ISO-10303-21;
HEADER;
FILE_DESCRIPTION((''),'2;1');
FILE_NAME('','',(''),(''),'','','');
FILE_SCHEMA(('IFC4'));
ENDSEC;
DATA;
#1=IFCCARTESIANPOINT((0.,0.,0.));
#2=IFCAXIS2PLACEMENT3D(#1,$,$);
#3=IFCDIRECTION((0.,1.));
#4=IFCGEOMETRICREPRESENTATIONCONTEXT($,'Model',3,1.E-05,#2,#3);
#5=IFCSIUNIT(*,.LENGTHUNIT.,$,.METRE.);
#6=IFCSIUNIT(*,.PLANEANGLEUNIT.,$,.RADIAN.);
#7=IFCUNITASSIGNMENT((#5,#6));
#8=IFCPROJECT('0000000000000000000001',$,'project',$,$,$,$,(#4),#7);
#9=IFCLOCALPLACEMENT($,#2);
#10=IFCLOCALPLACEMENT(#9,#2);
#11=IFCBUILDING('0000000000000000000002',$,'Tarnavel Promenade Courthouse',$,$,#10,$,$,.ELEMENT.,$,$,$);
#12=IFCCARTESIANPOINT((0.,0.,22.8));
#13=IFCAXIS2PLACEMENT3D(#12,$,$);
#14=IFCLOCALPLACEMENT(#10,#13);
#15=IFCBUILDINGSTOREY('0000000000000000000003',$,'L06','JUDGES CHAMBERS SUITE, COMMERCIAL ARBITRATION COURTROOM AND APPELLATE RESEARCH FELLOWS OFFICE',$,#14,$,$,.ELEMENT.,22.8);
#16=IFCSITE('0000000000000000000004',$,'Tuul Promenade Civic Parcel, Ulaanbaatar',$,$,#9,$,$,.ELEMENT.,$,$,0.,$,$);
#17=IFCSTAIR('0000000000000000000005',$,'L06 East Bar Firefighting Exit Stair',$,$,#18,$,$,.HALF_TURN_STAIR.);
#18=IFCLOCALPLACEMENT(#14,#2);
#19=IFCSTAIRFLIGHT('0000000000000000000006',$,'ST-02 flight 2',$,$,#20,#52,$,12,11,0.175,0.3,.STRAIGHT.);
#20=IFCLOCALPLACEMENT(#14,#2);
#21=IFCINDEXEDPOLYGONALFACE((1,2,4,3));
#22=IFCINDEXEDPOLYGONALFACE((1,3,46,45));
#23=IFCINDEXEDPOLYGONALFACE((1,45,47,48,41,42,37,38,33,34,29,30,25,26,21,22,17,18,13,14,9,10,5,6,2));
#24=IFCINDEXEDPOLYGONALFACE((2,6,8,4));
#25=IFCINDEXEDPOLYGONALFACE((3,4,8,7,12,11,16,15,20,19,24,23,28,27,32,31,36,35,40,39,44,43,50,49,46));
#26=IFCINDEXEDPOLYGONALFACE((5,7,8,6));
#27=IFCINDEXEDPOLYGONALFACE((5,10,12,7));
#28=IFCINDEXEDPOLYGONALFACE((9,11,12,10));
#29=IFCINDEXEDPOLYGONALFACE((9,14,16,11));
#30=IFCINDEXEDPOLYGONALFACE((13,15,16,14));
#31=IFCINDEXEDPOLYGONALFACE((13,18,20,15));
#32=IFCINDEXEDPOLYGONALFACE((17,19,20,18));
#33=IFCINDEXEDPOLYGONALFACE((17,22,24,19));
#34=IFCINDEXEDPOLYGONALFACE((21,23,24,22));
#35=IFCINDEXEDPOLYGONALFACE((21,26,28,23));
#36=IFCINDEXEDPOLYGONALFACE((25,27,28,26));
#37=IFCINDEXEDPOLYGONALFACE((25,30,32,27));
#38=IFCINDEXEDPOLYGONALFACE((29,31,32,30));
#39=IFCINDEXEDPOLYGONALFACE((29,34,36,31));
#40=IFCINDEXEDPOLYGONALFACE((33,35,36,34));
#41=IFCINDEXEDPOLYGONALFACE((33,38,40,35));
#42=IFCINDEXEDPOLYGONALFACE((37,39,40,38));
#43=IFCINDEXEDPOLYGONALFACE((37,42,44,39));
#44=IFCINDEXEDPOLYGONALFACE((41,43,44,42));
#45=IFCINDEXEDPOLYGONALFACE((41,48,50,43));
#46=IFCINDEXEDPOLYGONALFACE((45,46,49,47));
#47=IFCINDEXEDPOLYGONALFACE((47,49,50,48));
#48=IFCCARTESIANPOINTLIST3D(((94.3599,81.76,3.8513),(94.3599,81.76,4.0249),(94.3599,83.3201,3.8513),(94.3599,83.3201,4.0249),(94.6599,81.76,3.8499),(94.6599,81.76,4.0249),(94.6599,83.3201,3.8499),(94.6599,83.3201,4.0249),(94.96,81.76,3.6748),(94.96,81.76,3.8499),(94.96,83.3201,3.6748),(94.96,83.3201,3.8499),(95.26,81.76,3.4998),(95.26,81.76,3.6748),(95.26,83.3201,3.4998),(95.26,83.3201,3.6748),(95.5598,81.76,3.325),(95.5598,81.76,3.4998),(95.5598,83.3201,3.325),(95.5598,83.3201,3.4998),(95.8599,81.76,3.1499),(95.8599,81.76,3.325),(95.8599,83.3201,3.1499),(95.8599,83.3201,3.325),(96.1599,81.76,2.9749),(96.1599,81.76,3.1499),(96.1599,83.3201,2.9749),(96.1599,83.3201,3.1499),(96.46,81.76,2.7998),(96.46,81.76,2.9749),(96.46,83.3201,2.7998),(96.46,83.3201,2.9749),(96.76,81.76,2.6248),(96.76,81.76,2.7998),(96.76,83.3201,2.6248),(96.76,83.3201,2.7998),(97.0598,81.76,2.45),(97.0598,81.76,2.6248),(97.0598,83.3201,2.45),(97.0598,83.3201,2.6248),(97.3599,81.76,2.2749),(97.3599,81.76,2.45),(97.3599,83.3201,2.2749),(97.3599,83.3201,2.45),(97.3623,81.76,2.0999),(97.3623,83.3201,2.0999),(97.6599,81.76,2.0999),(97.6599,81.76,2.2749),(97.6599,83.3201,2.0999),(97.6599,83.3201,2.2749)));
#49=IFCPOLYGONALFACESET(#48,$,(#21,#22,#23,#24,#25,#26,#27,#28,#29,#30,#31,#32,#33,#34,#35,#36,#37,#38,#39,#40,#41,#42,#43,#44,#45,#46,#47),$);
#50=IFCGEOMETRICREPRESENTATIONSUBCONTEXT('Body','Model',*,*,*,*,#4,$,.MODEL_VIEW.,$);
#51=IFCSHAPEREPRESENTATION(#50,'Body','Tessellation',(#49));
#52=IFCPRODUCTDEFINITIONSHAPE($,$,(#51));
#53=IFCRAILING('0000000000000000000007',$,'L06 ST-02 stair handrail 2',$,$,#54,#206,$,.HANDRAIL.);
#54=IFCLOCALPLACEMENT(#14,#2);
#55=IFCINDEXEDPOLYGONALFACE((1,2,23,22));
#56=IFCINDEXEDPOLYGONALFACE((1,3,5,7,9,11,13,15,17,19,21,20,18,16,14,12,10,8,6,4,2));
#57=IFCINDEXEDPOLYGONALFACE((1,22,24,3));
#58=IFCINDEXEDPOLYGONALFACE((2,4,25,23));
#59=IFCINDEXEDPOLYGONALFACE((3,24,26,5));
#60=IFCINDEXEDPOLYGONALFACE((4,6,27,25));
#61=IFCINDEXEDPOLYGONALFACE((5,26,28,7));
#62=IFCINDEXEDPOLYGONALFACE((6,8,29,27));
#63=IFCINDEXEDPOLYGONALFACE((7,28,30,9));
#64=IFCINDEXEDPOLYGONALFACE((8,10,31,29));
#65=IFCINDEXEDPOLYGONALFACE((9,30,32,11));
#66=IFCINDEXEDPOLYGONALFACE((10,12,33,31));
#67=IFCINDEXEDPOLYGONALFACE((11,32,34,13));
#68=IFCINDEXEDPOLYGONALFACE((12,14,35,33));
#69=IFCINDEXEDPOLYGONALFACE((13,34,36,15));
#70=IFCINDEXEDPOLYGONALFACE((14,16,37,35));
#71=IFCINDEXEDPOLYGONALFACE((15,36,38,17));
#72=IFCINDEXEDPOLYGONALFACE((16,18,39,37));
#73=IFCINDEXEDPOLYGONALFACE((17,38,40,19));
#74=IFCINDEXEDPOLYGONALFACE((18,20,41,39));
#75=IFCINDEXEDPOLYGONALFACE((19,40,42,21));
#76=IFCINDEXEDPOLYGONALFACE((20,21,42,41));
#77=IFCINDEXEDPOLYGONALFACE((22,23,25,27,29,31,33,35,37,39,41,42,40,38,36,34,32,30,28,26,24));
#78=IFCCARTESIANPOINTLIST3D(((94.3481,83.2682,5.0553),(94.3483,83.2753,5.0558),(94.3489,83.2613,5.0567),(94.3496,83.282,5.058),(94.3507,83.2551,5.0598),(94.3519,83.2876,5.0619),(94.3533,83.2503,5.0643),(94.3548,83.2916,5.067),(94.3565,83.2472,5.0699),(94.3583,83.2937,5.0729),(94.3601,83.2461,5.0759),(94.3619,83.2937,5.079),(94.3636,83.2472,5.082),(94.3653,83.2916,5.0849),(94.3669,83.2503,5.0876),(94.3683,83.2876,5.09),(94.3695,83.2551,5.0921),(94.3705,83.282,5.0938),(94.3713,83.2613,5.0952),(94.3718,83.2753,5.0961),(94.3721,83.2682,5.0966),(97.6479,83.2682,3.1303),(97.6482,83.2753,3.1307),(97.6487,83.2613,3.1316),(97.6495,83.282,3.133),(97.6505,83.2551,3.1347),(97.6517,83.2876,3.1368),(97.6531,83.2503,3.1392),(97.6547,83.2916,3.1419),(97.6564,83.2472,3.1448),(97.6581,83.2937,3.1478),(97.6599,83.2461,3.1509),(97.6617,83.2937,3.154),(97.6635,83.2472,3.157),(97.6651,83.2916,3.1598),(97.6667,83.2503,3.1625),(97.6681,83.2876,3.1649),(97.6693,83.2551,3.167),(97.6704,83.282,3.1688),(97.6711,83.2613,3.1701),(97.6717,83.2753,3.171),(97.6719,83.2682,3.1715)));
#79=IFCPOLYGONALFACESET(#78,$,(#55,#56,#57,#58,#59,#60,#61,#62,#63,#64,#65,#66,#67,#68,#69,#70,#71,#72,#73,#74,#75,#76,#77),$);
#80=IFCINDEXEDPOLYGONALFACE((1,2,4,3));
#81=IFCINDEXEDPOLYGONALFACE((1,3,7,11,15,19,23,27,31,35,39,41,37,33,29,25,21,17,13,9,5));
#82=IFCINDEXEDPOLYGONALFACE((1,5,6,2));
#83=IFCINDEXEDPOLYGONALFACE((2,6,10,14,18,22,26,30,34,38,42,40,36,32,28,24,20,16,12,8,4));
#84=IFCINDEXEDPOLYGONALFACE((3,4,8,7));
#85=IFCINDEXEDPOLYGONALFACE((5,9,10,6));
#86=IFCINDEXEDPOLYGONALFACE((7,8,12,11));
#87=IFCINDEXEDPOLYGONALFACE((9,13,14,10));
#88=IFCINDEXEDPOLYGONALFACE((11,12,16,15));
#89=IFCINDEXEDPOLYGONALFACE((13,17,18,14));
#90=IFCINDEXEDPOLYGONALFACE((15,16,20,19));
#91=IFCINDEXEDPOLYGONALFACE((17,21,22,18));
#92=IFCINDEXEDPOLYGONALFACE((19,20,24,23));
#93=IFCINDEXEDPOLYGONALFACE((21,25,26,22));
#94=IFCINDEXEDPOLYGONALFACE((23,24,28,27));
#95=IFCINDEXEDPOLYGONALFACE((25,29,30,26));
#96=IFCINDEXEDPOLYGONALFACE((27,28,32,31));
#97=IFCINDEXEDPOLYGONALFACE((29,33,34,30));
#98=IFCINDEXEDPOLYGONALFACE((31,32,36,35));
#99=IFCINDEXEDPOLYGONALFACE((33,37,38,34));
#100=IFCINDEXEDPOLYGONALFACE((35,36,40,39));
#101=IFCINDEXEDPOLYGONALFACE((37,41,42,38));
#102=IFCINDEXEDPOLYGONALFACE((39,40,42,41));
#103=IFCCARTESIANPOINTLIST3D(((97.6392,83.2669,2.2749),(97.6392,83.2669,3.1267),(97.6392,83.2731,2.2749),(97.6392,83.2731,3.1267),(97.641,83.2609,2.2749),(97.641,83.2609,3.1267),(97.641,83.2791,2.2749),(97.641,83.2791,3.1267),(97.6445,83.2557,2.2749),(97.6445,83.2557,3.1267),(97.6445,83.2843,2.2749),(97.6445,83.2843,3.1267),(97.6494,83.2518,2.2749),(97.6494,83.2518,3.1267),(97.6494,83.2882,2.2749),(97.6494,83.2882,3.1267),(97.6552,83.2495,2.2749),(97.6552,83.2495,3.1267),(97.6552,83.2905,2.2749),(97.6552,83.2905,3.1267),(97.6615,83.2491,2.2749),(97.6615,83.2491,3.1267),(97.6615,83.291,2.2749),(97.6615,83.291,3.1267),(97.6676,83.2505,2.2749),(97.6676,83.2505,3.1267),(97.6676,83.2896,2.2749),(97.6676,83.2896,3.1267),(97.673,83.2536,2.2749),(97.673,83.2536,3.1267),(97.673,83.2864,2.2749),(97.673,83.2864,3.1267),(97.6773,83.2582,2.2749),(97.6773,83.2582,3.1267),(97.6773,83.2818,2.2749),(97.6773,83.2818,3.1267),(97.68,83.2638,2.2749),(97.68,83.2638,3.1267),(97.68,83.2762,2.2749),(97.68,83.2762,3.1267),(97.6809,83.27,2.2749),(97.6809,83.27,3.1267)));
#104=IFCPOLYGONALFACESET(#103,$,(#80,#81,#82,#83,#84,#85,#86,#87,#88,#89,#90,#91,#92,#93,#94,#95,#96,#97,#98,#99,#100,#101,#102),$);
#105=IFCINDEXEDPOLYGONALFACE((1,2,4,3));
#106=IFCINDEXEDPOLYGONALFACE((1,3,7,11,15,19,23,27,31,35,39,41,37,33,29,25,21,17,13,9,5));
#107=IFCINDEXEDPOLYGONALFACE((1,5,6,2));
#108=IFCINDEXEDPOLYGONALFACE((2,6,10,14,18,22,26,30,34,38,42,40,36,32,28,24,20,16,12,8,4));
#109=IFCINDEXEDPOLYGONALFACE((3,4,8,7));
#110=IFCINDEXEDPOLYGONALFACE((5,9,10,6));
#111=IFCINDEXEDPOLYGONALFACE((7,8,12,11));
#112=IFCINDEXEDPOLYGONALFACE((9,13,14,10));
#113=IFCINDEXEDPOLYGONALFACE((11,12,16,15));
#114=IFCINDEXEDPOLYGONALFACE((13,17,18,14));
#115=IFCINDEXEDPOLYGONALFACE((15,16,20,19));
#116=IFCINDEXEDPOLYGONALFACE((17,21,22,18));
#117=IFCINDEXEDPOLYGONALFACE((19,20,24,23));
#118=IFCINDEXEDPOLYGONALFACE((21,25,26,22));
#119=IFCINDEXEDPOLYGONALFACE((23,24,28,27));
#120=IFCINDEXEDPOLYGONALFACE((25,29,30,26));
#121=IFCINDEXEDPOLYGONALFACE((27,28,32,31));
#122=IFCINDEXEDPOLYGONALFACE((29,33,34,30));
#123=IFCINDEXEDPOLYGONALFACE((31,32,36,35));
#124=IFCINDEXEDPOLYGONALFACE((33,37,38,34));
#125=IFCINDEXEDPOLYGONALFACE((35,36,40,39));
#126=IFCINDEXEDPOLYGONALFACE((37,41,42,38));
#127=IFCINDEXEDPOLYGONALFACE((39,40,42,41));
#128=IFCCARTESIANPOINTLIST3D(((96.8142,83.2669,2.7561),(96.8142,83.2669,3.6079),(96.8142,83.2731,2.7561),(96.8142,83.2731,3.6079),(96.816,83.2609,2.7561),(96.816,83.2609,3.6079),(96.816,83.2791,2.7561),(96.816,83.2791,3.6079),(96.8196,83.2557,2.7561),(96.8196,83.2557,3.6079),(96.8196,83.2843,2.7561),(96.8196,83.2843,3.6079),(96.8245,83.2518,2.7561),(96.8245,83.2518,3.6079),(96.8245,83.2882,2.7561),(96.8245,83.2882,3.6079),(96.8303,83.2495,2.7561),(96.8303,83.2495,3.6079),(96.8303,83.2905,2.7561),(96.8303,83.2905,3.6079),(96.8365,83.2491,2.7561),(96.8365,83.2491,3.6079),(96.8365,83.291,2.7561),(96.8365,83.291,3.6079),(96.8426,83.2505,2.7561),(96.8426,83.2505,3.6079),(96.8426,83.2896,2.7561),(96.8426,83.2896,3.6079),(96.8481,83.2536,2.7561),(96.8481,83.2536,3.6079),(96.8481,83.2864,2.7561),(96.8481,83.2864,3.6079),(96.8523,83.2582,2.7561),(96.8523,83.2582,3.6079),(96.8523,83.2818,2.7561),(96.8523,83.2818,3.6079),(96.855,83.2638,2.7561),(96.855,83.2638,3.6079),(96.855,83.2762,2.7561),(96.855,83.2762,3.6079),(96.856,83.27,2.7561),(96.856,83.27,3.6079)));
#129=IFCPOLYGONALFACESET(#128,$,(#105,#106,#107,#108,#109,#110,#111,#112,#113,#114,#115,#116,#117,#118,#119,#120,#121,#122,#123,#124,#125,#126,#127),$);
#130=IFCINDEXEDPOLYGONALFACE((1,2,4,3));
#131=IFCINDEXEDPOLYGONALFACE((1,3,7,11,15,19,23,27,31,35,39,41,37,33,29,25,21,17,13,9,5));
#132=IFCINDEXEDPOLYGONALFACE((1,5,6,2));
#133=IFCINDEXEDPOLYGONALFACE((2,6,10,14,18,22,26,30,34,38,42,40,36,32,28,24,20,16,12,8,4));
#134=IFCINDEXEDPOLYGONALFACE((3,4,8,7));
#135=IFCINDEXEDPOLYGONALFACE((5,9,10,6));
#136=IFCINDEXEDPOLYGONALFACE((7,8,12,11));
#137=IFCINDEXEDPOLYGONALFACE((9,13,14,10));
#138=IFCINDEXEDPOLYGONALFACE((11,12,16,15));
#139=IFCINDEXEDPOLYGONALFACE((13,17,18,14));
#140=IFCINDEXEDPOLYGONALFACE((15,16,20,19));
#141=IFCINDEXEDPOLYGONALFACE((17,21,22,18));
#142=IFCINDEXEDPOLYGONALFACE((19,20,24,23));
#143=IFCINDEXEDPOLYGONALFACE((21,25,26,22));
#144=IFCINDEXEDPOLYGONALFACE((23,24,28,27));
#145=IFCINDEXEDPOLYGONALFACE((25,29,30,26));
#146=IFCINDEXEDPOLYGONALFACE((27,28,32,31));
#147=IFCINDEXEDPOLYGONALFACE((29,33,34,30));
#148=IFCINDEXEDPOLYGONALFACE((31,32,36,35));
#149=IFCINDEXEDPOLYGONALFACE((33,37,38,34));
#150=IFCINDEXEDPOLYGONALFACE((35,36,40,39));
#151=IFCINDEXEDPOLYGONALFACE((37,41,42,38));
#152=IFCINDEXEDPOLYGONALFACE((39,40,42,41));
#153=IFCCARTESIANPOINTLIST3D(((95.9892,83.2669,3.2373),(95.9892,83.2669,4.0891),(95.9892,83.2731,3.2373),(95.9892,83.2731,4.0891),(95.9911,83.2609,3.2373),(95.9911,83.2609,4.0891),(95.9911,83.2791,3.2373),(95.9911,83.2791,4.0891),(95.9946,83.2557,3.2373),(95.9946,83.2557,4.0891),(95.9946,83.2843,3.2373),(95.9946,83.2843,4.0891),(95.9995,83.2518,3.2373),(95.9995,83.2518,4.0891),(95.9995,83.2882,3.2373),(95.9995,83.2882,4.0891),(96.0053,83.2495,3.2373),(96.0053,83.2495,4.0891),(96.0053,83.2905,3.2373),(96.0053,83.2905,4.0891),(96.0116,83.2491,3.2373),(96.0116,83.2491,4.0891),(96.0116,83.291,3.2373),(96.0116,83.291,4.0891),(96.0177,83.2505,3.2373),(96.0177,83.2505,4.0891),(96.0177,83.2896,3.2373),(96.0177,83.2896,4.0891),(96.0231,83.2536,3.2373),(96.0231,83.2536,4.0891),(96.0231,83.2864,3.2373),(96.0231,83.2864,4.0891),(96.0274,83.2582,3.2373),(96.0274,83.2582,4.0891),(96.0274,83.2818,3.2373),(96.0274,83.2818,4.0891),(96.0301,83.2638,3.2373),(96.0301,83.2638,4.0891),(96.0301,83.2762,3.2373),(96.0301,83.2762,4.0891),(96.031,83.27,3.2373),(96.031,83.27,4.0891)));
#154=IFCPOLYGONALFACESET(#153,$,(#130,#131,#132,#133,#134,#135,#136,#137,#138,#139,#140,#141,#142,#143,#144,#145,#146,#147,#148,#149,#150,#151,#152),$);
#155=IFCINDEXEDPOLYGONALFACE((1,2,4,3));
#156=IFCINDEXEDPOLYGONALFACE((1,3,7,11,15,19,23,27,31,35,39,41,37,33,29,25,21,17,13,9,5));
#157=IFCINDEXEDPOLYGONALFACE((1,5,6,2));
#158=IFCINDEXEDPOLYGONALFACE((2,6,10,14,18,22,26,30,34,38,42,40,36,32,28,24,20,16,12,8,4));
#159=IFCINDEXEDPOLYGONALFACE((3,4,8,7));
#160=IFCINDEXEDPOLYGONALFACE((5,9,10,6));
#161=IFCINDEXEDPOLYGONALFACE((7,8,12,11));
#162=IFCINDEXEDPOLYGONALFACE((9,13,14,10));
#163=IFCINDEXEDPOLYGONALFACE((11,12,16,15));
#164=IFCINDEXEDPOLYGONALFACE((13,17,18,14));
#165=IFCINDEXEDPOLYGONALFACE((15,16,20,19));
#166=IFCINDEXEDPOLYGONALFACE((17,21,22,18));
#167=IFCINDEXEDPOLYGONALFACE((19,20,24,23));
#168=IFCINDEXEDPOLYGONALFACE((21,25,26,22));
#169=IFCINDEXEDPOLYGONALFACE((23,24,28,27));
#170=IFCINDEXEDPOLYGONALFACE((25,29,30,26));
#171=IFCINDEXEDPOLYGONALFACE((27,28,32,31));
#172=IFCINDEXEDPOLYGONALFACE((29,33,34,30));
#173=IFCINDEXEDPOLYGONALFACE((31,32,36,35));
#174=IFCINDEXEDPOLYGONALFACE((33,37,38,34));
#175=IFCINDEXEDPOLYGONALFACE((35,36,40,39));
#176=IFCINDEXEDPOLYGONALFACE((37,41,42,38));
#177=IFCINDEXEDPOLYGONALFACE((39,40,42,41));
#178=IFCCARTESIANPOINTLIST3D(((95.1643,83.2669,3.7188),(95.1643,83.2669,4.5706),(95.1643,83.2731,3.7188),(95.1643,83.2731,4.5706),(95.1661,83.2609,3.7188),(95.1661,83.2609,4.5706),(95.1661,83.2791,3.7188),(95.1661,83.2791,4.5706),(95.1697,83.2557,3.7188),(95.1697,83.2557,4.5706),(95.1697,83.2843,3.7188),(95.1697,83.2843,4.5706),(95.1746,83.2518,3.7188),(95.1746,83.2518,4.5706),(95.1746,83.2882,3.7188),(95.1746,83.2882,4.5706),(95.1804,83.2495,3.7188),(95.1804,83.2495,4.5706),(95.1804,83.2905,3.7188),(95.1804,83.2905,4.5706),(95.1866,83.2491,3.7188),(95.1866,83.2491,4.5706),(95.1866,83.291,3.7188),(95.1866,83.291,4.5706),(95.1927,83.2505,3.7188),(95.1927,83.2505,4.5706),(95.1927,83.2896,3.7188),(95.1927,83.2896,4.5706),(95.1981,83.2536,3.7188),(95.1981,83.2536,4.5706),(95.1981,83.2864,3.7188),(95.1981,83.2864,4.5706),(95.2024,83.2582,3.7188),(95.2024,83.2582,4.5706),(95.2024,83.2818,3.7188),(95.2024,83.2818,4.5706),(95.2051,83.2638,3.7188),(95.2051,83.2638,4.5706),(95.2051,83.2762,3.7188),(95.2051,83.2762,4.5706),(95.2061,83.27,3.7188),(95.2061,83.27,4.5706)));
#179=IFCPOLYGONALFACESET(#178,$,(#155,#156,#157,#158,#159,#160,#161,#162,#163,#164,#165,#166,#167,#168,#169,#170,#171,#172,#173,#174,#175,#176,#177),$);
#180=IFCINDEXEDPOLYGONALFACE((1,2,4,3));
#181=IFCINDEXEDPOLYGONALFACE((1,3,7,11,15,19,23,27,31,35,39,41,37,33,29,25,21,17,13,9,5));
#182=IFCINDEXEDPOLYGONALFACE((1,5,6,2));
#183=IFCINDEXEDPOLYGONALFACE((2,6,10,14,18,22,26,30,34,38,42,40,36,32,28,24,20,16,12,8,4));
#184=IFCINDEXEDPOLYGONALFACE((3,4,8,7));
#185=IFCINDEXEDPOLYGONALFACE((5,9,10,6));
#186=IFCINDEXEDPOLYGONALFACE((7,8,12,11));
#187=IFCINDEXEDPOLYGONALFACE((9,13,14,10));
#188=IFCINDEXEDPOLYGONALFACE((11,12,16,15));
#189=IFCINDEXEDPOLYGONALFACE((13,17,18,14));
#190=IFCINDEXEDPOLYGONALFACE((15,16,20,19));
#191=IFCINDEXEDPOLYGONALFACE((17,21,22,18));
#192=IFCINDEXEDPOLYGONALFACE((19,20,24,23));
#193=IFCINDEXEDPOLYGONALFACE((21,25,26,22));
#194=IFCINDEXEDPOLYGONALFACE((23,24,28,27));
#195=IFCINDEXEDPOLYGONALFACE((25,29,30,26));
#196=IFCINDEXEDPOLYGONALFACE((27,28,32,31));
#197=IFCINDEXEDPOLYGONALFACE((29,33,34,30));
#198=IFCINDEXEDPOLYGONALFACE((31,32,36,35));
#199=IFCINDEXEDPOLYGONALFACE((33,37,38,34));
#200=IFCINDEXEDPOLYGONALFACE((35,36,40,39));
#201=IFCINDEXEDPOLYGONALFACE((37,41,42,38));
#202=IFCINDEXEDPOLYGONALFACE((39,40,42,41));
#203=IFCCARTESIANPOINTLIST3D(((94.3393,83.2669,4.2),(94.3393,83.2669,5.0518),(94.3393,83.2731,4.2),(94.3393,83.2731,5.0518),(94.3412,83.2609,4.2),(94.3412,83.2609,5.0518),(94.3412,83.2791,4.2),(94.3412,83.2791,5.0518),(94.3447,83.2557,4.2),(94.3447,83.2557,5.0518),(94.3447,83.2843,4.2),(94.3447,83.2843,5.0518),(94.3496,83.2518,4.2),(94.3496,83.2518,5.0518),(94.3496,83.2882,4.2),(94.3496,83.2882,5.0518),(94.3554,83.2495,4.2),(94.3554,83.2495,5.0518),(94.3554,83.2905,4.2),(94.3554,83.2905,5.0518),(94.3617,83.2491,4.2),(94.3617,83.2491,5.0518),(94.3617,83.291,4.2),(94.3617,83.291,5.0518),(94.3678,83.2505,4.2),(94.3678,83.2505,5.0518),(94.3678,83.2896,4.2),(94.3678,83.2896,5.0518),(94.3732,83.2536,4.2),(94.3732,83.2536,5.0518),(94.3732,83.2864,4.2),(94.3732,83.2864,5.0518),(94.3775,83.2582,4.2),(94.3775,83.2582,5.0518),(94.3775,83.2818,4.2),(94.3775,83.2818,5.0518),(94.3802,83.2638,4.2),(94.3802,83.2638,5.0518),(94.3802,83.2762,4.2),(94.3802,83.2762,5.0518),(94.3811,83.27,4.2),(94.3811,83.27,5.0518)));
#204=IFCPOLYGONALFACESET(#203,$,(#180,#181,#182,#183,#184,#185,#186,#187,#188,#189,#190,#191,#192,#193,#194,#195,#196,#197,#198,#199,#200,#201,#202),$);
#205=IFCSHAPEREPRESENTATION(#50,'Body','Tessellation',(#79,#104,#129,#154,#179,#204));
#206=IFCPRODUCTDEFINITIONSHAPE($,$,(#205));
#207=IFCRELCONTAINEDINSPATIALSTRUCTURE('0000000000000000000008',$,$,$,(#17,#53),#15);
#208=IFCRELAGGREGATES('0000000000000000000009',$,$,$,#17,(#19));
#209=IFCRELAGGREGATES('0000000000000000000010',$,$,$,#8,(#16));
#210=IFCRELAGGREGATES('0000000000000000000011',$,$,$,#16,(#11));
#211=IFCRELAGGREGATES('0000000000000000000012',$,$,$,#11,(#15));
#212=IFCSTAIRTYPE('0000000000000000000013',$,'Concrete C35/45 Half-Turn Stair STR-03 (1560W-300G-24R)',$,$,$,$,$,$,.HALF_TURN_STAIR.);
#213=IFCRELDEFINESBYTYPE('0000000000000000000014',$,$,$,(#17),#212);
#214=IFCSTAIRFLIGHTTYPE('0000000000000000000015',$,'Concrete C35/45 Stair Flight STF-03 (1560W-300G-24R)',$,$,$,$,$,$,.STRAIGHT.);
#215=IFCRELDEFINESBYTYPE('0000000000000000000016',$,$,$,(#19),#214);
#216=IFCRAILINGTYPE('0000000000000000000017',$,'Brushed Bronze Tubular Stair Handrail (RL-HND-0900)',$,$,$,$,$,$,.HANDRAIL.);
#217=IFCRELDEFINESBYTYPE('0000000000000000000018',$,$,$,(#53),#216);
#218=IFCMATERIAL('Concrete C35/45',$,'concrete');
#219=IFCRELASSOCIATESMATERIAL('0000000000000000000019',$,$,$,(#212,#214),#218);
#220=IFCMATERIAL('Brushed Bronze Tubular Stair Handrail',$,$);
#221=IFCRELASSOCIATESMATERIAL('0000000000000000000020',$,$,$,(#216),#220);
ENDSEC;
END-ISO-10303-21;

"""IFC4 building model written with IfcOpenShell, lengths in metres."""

from ifc_helpers import new_model, si_unit, direction, frame, origin, origin_2d, place, context, subcontext, project, spatial, polyline, circle, outline, extrude, material, type_object, element, aggregate, save


model = new_model("IFC4")

# Units and contexts
model_context = context("Model", 3, precision=1e-05, world=origin(), true_north=direction((0.0, 1.0)))
body_context = subcontext(model_context, "Body", "Model", "MODEL_VIEW")
ifc_project = project(units=[si_unit("LENGTHUNIT", "METRE"), si_unit("PLANEANGLEUNIT", "RADIAN")], contexts=[model_context])

# Site, building, storey
site_placement = place(None, origin())
site = spatial("IfcSite", under=ifc_project, at=site_placement, Name="Tuul Promenade Civic Parcel, Ulaanbaatar", CompositionType="ELEMENT", RefElevation=0.0)
building_placement = place(site_placement, origin())
building = spatial("IfcBuilding", under=site, at=building_placement, Name="Tarnavel Promenade Courthouse", CompositionType="ELEMENT")
storey_placement = place(building_placement, frame((0.0, 0.0, 22.8)))
storey = spatial("IfcBuildingStorey", under=building, at=storey_placement, Name="L06", Description="JUDGES CHAMBERS SUITE, COMMERCIAL ARBITRATION COURTROOM AND APPELLATE RESEARCH FELLOWS OFFICE", CompositionType="ELEMENT", Elevation=22.8)

# Stair, stair flight
ifc_material_1 = material(Name="Concrete C35/45", Category="concrete")
stair_type = type_object("IfcStairType", Name="Concrete C35/45 Half-Turn Stair STR-03 (1560W-300G-24R)", PredefinedType="HALF_TURN_STAIR", material=ifc_material_1)
stair_placement = place(storey_placement, origin())
stair = element("IfcStair", 1, at=stair_placement, inside=storey, type_object=stair_type, Name="L06 East Bar Firefighting Exit Stair", PredefinedType="HALF_TURN_STAIR")
stair_flight_type = type_object("IfcStairFlightType", Name="Concrete C35/45 Stair Flight STF-03 (1560W-300G-24R)", PredefinedType="STRAIGHT", material=ifc_material_1)
stair_flight_placement = place(storey_placement, frame((97.6599, 82.54, 2.0999), z_axis=(0.0, 0.0, 1.0), x_axis=(-1.0, 0.0, 0.0)))
stair_flight = element("IfcStairFlight", 2, at=stair_flight_placement, type_object=stair_flight_type, Name="ST-02 flight 2", NumberOfRisers=12, NumberOfTreads=11, PredefinedType="STRAIGHT", RiserHeight=0.175, TreadLength=0.3, context=body_context, shape_type="SweptSolid", body=[
    extrude(outline(polyline([(0.0, 0.0), (0.0, 0.175), (0.3, 0.175), (0.3, 0.3501), (0.6001, 0.3501), (0.6001, 0.5249), (0.8999, 0.5249), (0.8999, 0.7), (1.2, 0.7), (1.2, 0.875), (1.5, 0.875), (1.5, 1.05), (1.8, 1.05), (1.8, 1.2251), (2.1001, 1.2251), (2.1001, 1.3999), (2.3999, 1.3999), (2.3999, 1.575), (2.7, 1.575), (2.7, 1.75), (3.0, 1.75), (3.0, 1.925), (3.3, 1.925), (3.3, 2.1001), (3.3, 1.7515), (0.2976, 0.0), (0.0, 0.0)])), frame((0.0, 0.78, 0.0), z_axis=(0.0, -1.0, 0.0), x_axis=(1.0, 0.0, 0.0)), (0.0, 0.0, 1.0), 1.5601),
])
aggregate(stair, [stair_flight])

# Railing
ifc_material_2 = material(Name="Brushed Bronze Tubular Stair Handrail")
railing_type_1 = type_object("IfcRailingType", Name="Brushed Bronze Tubular Stair Handrail (RL-HND-0900)", PredefinedType="HANDRAIL", material=ifc_material_2)
railing_1_placement = place(storey_placement, frame((97.6599, 83.27, 2.2749)))
element("IfcRailing", 3, at=railing_1_placement, inside=storey, type_object=railing_type_1, Name="L06 ST-02 stair handrail 2", PredefinedType="HANDRAIL", context=body_context, shape_type="SweptSolid", body=[
    extrude(circle(Radius=0.0239, at=origin_2d()), frame((0.0, 0.0, 0.876), z_axis=(-0.86376, 0.0, 0.503903), x_axis=(0.0, -1.0, 0.0)), (0.0, 0.0, 1.0), 3.8203),
    extrude(circle(Radius=0.021, at=origin_2d()), origin(), (0.0, 0.0, 1.0), 0.8518),
    extrude(circle(Radius=0.021, at=origin_2d()), frame((-0.825, 0.0, 0.4812)), (0.0, 0.0, 1.0), 0.8518),
    extrude(circle(Radius=0.021, at=origin_2d()), frame((-1.6499, 0.0, 0.9624)), (0.0, 0.0, 1.0), 0.8518),
    extrude(circle(Radius=0.021, at=origin_2d()), frame((-2.4749, 0.0, 1.4438)), (0.0, 0.0, 1.0), 0.8518),
    extrude(circle(Radius=0.021, at=origin_2d()), frame((-3.2998, 0.0, 1.925)), (0.0, 0.0, 1.0), 0.8518),
])

save(model, "model.ifc")
